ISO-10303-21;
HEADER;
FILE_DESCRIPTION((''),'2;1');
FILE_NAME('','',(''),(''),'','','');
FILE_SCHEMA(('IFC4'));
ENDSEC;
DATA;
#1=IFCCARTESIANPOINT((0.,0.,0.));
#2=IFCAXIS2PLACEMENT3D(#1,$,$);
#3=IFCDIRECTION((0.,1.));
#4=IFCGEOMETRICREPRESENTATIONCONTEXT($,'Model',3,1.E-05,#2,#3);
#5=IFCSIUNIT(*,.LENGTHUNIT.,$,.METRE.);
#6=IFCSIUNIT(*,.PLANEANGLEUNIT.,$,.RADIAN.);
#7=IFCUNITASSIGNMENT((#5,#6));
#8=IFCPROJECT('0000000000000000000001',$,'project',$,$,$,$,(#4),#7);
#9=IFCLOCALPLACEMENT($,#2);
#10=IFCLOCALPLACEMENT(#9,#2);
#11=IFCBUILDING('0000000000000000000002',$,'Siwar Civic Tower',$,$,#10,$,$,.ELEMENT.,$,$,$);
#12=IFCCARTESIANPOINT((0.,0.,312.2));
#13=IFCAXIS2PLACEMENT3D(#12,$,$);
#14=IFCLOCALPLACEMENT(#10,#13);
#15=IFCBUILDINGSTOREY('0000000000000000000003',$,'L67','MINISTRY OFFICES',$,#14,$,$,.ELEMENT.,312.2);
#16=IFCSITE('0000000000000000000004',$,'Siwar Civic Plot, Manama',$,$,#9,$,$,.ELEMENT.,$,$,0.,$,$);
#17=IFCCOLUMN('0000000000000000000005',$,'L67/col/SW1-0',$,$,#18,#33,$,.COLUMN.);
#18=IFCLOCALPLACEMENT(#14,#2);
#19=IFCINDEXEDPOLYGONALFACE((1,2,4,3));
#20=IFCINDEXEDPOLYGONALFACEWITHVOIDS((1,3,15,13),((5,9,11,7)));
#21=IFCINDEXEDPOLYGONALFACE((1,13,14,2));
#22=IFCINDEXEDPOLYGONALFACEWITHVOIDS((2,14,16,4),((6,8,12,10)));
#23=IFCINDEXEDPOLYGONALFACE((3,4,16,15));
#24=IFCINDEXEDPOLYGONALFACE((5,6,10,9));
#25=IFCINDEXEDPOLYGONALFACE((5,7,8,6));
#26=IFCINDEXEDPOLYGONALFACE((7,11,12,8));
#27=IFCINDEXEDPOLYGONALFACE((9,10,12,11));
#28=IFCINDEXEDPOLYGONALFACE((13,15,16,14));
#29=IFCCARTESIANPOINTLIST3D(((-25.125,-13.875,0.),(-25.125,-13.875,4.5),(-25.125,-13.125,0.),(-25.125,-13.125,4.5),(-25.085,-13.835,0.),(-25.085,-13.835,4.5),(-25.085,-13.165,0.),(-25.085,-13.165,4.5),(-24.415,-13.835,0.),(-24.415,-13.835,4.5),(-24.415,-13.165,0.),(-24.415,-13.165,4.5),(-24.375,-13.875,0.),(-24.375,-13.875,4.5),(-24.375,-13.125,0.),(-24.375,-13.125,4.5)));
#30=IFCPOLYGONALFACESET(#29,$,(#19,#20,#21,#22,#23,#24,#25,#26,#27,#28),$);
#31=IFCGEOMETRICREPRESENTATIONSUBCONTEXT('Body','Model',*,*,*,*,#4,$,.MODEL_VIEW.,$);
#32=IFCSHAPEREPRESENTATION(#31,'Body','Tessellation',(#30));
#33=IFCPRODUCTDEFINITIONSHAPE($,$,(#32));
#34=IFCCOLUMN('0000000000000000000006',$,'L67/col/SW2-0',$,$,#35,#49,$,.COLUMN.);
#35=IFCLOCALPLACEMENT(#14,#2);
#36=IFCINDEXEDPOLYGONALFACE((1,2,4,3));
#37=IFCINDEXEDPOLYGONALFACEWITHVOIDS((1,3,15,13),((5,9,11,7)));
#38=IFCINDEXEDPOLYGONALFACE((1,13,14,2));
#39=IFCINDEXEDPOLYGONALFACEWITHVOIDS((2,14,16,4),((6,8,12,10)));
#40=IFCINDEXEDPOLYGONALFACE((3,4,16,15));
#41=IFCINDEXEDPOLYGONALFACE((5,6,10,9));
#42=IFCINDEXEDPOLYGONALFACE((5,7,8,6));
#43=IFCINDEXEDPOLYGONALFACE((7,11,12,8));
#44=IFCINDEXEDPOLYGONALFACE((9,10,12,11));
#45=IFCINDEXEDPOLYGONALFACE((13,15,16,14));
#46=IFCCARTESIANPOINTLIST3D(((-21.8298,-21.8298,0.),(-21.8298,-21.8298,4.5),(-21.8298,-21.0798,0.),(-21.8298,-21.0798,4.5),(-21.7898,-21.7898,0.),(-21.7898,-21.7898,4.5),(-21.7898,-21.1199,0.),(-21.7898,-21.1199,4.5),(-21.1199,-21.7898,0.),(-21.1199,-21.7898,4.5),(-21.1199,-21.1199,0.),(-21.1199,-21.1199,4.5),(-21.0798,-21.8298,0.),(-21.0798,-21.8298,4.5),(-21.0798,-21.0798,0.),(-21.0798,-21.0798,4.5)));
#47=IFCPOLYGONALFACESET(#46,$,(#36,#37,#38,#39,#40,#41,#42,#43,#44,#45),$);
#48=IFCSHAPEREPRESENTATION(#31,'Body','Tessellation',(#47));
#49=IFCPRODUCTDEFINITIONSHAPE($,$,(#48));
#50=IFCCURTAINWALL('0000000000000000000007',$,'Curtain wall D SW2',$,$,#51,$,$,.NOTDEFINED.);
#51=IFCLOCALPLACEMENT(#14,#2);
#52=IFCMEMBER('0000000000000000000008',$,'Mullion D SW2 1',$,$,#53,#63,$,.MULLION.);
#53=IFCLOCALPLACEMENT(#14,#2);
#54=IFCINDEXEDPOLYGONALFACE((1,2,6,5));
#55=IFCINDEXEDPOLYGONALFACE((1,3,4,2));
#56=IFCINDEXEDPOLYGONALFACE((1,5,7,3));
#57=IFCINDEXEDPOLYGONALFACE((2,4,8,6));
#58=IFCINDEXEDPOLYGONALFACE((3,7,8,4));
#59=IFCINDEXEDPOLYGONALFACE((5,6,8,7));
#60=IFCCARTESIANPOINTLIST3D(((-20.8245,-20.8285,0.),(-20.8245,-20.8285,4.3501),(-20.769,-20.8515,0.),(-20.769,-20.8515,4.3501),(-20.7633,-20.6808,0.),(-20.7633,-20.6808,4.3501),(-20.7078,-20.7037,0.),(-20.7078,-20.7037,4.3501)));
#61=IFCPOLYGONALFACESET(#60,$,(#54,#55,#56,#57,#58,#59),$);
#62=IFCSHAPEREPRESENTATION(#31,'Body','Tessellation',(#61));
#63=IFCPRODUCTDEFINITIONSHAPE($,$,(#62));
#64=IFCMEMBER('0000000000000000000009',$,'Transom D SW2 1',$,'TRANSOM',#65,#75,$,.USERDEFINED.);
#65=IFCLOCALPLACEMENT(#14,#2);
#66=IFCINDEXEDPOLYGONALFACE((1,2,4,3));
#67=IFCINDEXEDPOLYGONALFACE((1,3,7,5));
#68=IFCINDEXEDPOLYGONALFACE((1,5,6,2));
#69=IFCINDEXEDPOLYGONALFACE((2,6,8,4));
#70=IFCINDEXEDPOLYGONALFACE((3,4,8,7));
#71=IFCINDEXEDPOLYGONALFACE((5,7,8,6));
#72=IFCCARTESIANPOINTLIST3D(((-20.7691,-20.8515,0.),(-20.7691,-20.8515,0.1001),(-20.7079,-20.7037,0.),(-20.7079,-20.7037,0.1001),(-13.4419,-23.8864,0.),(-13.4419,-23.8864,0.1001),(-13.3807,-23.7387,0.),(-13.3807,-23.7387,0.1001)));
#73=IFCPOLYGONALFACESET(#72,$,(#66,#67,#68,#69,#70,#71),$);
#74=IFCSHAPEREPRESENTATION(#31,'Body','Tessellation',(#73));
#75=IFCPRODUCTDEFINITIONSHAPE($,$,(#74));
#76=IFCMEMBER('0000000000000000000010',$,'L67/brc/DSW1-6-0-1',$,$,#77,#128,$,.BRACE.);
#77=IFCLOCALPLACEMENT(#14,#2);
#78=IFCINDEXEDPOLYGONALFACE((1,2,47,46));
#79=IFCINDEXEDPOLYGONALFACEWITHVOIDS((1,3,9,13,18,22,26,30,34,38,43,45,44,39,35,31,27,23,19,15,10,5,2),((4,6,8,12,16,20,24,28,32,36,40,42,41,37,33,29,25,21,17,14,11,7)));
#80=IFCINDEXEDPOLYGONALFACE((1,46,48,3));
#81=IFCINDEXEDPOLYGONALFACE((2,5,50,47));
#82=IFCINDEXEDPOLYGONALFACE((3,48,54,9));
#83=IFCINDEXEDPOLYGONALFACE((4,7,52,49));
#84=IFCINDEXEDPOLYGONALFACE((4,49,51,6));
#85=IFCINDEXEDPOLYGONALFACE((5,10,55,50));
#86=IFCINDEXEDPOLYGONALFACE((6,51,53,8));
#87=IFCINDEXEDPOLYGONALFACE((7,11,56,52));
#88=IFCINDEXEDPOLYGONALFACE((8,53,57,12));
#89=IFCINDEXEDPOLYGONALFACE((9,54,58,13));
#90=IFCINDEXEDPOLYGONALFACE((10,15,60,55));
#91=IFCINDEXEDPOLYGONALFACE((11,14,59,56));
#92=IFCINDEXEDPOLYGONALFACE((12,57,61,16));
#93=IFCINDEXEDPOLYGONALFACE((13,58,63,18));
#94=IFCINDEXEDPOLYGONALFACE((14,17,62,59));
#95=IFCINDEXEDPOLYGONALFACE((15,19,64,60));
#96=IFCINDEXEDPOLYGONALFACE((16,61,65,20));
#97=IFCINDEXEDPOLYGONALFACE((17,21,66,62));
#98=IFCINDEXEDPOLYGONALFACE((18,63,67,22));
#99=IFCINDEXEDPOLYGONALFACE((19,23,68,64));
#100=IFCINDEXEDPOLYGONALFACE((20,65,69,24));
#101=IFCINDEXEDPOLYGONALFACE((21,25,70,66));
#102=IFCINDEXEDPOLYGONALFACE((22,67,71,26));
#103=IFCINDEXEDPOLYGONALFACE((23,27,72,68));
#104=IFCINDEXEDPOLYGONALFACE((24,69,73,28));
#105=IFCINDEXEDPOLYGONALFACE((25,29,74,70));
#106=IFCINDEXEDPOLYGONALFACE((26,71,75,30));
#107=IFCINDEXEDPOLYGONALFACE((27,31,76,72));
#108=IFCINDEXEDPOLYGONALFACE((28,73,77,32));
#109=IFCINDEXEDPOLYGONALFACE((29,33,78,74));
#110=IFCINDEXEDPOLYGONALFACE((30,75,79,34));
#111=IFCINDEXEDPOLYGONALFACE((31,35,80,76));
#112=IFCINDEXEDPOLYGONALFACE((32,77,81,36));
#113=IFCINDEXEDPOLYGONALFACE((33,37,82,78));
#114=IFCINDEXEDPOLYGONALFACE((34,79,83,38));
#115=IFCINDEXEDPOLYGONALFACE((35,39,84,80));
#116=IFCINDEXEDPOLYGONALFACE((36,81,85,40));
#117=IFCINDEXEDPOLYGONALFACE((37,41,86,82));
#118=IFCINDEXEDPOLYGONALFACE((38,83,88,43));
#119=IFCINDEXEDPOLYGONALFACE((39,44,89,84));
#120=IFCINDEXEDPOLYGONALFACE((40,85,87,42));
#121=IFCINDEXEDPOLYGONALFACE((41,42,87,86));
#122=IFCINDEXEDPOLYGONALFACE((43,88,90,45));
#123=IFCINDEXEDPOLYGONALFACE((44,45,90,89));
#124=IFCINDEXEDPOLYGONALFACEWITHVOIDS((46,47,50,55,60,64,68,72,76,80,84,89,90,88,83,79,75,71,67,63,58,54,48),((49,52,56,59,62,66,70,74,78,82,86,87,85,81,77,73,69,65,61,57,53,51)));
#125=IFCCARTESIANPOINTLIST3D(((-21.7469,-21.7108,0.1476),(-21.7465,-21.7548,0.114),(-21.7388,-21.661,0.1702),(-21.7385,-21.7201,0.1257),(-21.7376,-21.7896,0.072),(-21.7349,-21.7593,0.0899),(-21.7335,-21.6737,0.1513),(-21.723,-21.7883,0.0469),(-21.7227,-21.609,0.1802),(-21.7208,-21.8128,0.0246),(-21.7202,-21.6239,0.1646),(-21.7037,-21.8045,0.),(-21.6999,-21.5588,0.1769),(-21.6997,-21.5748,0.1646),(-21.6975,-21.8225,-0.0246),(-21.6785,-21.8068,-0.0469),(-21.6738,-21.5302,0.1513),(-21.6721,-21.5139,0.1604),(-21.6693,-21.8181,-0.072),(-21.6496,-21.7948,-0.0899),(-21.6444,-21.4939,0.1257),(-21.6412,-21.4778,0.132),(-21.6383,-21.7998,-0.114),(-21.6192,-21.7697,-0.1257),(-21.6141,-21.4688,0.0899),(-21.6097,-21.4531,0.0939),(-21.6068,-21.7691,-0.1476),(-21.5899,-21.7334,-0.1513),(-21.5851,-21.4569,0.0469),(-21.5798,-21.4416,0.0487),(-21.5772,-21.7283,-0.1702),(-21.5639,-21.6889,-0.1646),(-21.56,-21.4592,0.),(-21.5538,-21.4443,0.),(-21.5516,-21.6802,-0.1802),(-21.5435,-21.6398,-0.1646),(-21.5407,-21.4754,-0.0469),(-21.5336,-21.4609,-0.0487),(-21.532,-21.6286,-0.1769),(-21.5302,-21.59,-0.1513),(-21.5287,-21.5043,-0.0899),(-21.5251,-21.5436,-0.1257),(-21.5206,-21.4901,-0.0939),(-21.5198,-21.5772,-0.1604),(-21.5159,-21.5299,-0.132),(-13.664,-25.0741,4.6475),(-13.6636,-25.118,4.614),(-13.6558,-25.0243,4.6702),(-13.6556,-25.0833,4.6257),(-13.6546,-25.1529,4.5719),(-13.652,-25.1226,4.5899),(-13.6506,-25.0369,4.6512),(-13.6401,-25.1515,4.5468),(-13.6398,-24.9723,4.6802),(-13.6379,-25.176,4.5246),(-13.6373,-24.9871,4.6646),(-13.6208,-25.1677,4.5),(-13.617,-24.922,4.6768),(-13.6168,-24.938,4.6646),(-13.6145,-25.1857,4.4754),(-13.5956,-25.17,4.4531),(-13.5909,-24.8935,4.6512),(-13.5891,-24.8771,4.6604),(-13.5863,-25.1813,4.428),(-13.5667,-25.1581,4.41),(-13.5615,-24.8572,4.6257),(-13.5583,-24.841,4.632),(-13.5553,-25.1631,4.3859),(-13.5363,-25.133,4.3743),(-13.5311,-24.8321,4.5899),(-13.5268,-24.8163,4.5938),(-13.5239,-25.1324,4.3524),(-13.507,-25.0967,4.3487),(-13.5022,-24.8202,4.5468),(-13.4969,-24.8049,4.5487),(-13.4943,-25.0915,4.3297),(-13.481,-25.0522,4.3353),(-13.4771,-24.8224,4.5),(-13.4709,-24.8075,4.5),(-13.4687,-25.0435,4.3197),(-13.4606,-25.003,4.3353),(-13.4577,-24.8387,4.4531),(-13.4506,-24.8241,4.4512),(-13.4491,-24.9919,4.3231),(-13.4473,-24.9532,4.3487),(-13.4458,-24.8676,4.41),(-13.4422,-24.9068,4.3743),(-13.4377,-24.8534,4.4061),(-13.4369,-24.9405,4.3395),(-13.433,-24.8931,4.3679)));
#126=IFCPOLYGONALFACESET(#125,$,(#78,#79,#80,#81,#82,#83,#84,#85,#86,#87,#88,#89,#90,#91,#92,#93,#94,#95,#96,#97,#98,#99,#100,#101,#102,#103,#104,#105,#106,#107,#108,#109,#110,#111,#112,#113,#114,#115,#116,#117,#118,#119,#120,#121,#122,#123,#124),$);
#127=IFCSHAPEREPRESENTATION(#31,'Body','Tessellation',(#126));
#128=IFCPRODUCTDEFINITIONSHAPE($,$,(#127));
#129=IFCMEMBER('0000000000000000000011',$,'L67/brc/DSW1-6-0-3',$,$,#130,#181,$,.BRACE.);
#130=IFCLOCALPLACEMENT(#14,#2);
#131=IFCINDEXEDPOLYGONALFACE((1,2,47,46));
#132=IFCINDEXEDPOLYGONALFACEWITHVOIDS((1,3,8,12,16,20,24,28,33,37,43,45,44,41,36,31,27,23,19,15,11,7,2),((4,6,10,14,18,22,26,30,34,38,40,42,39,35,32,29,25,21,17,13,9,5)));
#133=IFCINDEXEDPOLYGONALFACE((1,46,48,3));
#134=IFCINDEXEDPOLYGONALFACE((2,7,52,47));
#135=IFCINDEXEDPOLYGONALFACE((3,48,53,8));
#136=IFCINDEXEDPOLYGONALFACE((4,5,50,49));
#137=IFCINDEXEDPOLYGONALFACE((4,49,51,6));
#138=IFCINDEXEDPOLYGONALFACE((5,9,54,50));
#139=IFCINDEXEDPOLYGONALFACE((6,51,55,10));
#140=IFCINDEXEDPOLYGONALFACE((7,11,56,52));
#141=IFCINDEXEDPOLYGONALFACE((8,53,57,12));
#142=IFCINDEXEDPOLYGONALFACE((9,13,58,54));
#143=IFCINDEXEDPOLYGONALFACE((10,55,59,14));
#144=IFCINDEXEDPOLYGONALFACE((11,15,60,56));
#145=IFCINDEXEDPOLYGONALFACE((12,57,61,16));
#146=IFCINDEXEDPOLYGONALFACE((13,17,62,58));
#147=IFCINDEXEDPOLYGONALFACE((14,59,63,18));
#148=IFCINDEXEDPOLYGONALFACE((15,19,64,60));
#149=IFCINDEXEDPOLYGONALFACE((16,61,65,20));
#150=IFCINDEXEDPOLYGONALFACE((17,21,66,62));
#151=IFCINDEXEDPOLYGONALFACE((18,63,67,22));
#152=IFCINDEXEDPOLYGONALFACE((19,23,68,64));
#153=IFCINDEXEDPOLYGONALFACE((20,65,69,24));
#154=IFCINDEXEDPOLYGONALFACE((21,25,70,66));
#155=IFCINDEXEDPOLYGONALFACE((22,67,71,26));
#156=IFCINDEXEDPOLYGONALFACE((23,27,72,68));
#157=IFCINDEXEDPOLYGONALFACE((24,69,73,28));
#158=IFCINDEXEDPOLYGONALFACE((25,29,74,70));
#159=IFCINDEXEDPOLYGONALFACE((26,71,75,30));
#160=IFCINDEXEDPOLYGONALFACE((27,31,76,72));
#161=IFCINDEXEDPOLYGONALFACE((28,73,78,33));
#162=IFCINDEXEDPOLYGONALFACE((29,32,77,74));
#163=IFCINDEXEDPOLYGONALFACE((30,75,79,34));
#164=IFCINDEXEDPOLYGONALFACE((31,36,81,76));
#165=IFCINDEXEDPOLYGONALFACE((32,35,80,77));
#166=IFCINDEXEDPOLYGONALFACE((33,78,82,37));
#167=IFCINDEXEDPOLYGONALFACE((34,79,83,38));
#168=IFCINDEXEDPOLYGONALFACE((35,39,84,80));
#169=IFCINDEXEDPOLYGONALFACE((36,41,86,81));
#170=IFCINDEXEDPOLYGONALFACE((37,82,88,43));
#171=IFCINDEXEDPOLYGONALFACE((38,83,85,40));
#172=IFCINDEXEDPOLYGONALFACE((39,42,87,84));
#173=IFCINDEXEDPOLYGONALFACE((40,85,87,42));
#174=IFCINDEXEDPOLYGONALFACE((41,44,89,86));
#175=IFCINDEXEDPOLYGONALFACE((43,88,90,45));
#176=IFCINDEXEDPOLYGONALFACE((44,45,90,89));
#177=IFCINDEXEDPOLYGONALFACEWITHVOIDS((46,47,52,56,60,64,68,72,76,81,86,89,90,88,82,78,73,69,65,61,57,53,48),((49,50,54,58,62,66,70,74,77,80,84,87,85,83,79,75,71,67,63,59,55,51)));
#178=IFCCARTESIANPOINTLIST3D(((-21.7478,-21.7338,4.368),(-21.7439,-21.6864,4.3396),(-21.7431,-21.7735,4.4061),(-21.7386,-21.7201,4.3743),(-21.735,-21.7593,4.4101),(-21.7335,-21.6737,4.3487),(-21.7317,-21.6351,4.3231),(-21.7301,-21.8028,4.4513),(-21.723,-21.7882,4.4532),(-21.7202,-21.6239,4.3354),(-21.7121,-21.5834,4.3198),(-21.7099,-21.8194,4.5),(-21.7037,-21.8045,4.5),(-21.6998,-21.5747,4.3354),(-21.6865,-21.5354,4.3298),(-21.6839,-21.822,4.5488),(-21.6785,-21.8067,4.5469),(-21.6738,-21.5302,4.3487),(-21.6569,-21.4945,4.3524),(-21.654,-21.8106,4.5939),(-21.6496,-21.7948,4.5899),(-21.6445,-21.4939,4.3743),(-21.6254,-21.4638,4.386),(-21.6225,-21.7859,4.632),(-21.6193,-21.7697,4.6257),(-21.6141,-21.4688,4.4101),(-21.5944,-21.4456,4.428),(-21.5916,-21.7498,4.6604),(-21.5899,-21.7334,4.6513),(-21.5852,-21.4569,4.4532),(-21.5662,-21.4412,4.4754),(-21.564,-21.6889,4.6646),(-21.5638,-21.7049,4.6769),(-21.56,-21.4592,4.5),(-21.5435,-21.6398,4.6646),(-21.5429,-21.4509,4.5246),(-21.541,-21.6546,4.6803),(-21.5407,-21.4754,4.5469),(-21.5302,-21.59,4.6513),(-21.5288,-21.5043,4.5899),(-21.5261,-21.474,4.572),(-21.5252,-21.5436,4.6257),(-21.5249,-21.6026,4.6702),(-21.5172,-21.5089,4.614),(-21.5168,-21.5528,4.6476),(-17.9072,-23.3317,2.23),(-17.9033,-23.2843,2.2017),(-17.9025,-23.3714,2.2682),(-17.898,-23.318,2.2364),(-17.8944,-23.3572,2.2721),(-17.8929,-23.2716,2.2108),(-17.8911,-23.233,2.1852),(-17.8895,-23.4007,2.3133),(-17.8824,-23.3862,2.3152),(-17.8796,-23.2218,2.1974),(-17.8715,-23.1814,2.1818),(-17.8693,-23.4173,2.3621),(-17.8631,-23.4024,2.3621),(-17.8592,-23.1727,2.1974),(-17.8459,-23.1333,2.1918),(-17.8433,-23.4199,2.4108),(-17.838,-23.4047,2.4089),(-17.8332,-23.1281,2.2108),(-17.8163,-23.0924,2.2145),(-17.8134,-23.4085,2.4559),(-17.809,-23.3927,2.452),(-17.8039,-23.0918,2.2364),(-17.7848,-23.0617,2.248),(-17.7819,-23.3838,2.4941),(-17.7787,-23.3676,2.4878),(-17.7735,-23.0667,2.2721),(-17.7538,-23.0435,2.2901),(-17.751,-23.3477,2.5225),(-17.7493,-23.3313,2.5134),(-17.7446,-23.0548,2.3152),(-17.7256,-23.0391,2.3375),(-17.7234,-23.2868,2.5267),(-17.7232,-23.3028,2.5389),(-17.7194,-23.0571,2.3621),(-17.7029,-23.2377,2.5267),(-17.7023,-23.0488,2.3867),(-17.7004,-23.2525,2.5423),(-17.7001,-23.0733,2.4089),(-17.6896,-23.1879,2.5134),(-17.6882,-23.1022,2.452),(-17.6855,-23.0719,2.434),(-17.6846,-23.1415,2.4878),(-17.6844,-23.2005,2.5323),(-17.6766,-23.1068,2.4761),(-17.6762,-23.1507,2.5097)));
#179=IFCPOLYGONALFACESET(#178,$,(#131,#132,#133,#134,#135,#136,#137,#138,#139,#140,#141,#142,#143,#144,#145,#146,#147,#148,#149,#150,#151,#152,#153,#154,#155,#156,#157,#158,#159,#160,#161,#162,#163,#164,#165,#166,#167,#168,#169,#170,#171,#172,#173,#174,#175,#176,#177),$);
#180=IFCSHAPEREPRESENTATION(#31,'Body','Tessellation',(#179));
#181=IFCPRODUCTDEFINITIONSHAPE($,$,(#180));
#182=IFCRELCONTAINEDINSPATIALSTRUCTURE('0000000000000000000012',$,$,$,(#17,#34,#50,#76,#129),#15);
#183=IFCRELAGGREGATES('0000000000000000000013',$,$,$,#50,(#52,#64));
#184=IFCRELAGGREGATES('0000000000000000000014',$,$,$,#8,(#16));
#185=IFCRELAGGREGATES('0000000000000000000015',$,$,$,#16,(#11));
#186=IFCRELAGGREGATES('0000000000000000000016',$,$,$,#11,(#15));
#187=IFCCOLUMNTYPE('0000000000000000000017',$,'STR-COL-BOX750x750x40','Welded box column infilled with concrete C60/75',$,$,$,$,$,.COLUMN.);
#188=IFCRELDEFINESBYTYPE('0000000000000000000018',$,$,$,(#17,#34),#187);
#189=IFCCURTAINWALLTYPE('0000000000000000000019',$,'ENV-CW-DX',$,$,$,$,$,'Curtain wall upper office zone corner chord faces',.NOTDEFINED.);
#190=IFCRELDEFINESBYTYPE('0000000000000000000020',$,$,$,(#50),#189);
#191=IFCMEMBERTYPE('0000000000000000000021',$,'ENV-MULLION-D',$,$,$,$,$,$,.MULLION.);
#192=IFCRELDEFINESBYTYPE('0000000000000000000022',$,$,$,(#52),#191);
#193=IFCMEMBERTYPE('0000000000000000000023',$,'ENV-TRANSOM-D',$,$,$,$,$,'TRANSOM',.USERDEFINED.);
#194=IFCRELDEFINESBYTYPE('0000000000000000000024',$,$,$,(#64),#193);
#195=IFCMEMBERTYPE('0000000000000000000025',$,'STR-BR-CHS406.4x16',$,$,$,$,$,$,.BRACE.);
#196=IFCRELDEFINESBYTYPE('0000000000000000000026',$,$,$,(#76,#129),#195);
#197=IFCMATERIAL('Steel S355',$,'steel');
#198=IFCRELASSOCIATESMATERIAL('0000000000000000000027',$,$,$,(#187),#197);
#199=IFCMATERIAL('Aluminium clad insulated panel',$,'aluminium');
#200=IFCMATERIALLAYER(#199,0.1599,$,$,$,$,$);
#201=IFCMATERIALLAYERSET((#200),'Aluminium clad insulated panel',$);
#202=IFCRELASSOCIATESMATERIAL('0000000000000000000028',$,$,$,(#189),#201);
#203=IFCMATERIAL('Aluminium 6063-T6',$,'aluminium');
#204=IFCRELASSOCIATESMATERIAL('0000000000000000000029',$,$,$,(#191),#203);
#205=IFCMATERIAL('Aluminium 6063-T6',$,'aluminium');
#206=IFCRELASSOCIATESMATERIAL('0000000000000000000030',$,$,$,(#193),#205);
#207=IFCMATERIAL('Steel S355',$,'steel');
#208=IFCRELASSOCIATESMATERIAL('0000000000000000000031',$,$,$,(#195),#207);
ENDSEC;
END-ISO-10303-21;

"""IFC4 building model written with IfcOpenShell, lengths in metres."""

from ifc_helpers import new_model, si_unit, direction, frame, origin, origin_2d, place, context, subcontext, project, spatial, rectangle, hollow_rectangle, hollow_circle, extrude, material, layer, layer_set, material_profile, profile_set, type_object, element, aggregate, save


model = new_model("IFC4")

# Units and contexts
model_context = context("Model", 3, precision=1e-05, world=origin(), true_north=direction((0.0, 1.0)))
body_context = subcontext(model_context, "Body", "Model", "MODEL_VIEW")
ifc_project = project(units=[si_unit("LENGTHUNIT", "METRE"), si_unit("PLANEANGLEUNIT", "RADIAN")], contexts=[model_context])

# Site, building, storey
site_placement = place(None, origin())
site = spatial("IfcSite", under=ifc_project, at=site_placement, Name="Siwar Civic Plot, Manama", CompositionType="ELEMENT", RefElevation=0.0)
building_placement = place(site_placement, origin())
building = spatial("IfcBuilding", under=site, at=building_placement, Name="Siwar Civic Tower", CompositionType="ELEMENT")
storey_placement = place(building_placement, frame((0.0, 0.0, 312.2)))
storey = spatial("IfcBuildingStorey", under=building, at=storey_placement, Name="L67", Description="MINISTRY OFFICES", CompositionType="ELEMENT", Elevation=312.2)

# Columns
ifc_material_1 = material(Name="Steel S355", Category="steel")
ifc_material_profile_1 = material_profile(ifc_material_1, hollow_rectangle(XDim=0.75, YDim=0.75, WallThickness=0.04, at=origin_2d()), Name="BOX750x750x40")
ifc_profile_set_1 = profile_set([ifc_material_profile_1], Name="Steel S355")
column_type = type_object("IfcColumnType", Name="STR-COL-BOX750x750x40", Description="Welded box column infilled with concrete C60/75", PredefinedType="COLUMN", material=ifc_profile_set_1)
for number, where, z_axis, x_axis, name in (
    (1, (-24.75, -13.5, 0.0), (0.0, 0.0, 1.0), (1.0, 0.0, 0.0), "L67/col/SW1-0"),
    (2, (-21.4548, -21.4548, 0.0), (0.0, 0.0, 1.0), (1.0, 0.0, 0.0), "L67/col/SW2-0"),
):
    element("IfcColumn", number, at=place(storey_placement, frame(where, z_axis=z_axis, x_axis=x_axis)), inside=storey, type_object=column_type, Name=name, PredefinedType="COLUMN", context=body_context, shape_type="SweptSolid", body=[
        extrude(hollow_rectangle(XDim=0.75, YDim=0.75, WallThickness=0.04, at=origin_2d()), origin(), (0.0, 0.0, 1.0), 4.5),
    ])

# Curtain wall, members
ifc_material_2 = material(Name="Aluminium clad insulated panel", Category="aluminium")
ifc_layer_1 = layer(ifc_material_2, 0.1599)
ifc_layer_set_1 = layer_set([ifc_layer_1], Name="Aluminium clad insulated panel")
curtain_wall_type = type_object("IfcCurtainWallType", Name="ENV-CW-DX", ElementType="Curtain wall upper office zone corner chord faces", PredefinedType="NOTDEFINED", material=ifc_layer_set_1)
curtain_wall_1_placement = place(storey_placement, origin())
curtain_wall_1 = element("IfcCurtainWall", 3, at=curtain_wall_1_placement, inside=storey, type_object=curtain_wall_type, Name="Curtain wall D SW2", PredefinedType="NOTDEFINED")
ifc_material_3 = material(Name="Aluminium 6063-T6", Category="aluminium")
ifc_material_profile_2 = material_profile(ifc_material_3, rectangle(XDim=0.1599, YDim=0.0601, at=origin_2d()), Name="AL 160x60")
ifc_profile_set_2 = profile_set([ifc_material_profile_2], Name="Aluminium 6063-T6")
member_type_1 = type_object("IfcMemberType", Name="ENV-MULLION-D", PredefinedType="MULLION", material=ifc_profile_set_2)
member_1_placement = place(storey_placement, frame((-20.7661, -20.7661, 0.0), z_axis=(0.0, 0.0, 1.0), x_axis=(0.382683, 0.92388, 0.0)))
member_1 = element("IfcMember", 4, at=member_1_placement, type_object=member_type_1, Name="Mullion D SW2 1", PredefinedType="MULLION", context=body_context, shape_type="SweptSolid", body=[
    extrude(rectangle(XDim=0.1599, YDim=0.0601, at=origin_2d()), origin(), (0.0, 0.0, 1.0), 4.3501),
])
ifc_material_4 = material(Name="Aluminium 6063-T6", Category="aluminium")
ifc_material_profile_3 = material_profile(ifc_material_4, rectangle(XDim=0.1599, YDim=0.1001, at=origin_2d()), Name="AL 160x100")
ifc_profile_set_3 = profile_set([ifc_material_profile_3], Name="Aluminium 6063-T6")
member_type_2 = type_object("IfcMemberType", Name="ENV-TRANSOM-D", ElementType="TRANSOM", PredefinedType="USERDEFINED", material=ifc_profile_set_3)
member_2_placement = place(storey_placement, frame((-20.7385, -20.7776, 0.05), z_axis=(0.923884, -0.382674, 0.0), x_axis=(0.382674, 0.923884, 0.0)))
member_2 = element("IfcMember", 5, at=member_2_placement, type_object=member_type_2, Name="Transom D SW2 1", ObjectType="TRANSOM", PredefinedType="USERDEFINED", context=body_context, shape_type="SweptSolid", body=[
    extrude(rectangle(XDim=0.1599, YDim=0.1001, at=origin_2d()), origin(), (0.0, 0.0, 1.0), 7.9309),
])

# Members
ifc_material_5 = material(Name="Steel S355", Category="steel")
ifc_material_profile_4 = material_profile(ifc_material_5, hollow_circle(Radius=0.2031, WallThickness=0.0161, at=origin_2d()), Name="CHS406.4x16")
ifc_profile_set_4 = profile_set([ifc_material_profile_4], Name="Steel S355")
member_type_3 = type_object("IfcMemberType", Name="STR-BR-CHS406.4x16", PredefinedType="BRACE", material=ifc_profile_set_4)
member_3_placement = place(storey_placement, frame((-21.6318, -21.6318, 0.0), z_axis=(0.821143, -0.341671, 0.457149), x_axis=(0.384164, 0.923265, 0.0)))
element("IfcMember", 6, at=member_3_placement, inside=storey, type_object=member_type_3, Name="L67/brc/DSW1-6-0-1", PredefinedType="BRACE", context=body_context, shape_type="SweptSolid", body=[
    extrude(hollow_circle(Radius=0.2031, WallThickness=0.0161, at=origin_2d()), origin(), (0.0, 0.0, 1.0), 9.8435),
])
member_4_placement = place(storey_placement, frame((-17.7913, -23.2297, 2.3621), z_axis=(-0.821167, 0.341653, 0.45712), x_axis=(-0.384136, -0.923276, 0.0)))
element("IfcMember", 7, at=member_4_placement, inside=storey, type_object=member_type_3, Name="L67/brc/DSW1-6-0-3", PredefinedType="BRACE", context=body_context, shape_type="SweptSolid", body=[
    extrude(hollow_circle(Radius=0.2031, WallThickness=0.0161, at=origin_2d()), origin(), (0.0, 0.0, 1.0), 4.677),
])

aggregate(curtain_wall_1, [member_1, member_2])

save(model, "model.ifc")
